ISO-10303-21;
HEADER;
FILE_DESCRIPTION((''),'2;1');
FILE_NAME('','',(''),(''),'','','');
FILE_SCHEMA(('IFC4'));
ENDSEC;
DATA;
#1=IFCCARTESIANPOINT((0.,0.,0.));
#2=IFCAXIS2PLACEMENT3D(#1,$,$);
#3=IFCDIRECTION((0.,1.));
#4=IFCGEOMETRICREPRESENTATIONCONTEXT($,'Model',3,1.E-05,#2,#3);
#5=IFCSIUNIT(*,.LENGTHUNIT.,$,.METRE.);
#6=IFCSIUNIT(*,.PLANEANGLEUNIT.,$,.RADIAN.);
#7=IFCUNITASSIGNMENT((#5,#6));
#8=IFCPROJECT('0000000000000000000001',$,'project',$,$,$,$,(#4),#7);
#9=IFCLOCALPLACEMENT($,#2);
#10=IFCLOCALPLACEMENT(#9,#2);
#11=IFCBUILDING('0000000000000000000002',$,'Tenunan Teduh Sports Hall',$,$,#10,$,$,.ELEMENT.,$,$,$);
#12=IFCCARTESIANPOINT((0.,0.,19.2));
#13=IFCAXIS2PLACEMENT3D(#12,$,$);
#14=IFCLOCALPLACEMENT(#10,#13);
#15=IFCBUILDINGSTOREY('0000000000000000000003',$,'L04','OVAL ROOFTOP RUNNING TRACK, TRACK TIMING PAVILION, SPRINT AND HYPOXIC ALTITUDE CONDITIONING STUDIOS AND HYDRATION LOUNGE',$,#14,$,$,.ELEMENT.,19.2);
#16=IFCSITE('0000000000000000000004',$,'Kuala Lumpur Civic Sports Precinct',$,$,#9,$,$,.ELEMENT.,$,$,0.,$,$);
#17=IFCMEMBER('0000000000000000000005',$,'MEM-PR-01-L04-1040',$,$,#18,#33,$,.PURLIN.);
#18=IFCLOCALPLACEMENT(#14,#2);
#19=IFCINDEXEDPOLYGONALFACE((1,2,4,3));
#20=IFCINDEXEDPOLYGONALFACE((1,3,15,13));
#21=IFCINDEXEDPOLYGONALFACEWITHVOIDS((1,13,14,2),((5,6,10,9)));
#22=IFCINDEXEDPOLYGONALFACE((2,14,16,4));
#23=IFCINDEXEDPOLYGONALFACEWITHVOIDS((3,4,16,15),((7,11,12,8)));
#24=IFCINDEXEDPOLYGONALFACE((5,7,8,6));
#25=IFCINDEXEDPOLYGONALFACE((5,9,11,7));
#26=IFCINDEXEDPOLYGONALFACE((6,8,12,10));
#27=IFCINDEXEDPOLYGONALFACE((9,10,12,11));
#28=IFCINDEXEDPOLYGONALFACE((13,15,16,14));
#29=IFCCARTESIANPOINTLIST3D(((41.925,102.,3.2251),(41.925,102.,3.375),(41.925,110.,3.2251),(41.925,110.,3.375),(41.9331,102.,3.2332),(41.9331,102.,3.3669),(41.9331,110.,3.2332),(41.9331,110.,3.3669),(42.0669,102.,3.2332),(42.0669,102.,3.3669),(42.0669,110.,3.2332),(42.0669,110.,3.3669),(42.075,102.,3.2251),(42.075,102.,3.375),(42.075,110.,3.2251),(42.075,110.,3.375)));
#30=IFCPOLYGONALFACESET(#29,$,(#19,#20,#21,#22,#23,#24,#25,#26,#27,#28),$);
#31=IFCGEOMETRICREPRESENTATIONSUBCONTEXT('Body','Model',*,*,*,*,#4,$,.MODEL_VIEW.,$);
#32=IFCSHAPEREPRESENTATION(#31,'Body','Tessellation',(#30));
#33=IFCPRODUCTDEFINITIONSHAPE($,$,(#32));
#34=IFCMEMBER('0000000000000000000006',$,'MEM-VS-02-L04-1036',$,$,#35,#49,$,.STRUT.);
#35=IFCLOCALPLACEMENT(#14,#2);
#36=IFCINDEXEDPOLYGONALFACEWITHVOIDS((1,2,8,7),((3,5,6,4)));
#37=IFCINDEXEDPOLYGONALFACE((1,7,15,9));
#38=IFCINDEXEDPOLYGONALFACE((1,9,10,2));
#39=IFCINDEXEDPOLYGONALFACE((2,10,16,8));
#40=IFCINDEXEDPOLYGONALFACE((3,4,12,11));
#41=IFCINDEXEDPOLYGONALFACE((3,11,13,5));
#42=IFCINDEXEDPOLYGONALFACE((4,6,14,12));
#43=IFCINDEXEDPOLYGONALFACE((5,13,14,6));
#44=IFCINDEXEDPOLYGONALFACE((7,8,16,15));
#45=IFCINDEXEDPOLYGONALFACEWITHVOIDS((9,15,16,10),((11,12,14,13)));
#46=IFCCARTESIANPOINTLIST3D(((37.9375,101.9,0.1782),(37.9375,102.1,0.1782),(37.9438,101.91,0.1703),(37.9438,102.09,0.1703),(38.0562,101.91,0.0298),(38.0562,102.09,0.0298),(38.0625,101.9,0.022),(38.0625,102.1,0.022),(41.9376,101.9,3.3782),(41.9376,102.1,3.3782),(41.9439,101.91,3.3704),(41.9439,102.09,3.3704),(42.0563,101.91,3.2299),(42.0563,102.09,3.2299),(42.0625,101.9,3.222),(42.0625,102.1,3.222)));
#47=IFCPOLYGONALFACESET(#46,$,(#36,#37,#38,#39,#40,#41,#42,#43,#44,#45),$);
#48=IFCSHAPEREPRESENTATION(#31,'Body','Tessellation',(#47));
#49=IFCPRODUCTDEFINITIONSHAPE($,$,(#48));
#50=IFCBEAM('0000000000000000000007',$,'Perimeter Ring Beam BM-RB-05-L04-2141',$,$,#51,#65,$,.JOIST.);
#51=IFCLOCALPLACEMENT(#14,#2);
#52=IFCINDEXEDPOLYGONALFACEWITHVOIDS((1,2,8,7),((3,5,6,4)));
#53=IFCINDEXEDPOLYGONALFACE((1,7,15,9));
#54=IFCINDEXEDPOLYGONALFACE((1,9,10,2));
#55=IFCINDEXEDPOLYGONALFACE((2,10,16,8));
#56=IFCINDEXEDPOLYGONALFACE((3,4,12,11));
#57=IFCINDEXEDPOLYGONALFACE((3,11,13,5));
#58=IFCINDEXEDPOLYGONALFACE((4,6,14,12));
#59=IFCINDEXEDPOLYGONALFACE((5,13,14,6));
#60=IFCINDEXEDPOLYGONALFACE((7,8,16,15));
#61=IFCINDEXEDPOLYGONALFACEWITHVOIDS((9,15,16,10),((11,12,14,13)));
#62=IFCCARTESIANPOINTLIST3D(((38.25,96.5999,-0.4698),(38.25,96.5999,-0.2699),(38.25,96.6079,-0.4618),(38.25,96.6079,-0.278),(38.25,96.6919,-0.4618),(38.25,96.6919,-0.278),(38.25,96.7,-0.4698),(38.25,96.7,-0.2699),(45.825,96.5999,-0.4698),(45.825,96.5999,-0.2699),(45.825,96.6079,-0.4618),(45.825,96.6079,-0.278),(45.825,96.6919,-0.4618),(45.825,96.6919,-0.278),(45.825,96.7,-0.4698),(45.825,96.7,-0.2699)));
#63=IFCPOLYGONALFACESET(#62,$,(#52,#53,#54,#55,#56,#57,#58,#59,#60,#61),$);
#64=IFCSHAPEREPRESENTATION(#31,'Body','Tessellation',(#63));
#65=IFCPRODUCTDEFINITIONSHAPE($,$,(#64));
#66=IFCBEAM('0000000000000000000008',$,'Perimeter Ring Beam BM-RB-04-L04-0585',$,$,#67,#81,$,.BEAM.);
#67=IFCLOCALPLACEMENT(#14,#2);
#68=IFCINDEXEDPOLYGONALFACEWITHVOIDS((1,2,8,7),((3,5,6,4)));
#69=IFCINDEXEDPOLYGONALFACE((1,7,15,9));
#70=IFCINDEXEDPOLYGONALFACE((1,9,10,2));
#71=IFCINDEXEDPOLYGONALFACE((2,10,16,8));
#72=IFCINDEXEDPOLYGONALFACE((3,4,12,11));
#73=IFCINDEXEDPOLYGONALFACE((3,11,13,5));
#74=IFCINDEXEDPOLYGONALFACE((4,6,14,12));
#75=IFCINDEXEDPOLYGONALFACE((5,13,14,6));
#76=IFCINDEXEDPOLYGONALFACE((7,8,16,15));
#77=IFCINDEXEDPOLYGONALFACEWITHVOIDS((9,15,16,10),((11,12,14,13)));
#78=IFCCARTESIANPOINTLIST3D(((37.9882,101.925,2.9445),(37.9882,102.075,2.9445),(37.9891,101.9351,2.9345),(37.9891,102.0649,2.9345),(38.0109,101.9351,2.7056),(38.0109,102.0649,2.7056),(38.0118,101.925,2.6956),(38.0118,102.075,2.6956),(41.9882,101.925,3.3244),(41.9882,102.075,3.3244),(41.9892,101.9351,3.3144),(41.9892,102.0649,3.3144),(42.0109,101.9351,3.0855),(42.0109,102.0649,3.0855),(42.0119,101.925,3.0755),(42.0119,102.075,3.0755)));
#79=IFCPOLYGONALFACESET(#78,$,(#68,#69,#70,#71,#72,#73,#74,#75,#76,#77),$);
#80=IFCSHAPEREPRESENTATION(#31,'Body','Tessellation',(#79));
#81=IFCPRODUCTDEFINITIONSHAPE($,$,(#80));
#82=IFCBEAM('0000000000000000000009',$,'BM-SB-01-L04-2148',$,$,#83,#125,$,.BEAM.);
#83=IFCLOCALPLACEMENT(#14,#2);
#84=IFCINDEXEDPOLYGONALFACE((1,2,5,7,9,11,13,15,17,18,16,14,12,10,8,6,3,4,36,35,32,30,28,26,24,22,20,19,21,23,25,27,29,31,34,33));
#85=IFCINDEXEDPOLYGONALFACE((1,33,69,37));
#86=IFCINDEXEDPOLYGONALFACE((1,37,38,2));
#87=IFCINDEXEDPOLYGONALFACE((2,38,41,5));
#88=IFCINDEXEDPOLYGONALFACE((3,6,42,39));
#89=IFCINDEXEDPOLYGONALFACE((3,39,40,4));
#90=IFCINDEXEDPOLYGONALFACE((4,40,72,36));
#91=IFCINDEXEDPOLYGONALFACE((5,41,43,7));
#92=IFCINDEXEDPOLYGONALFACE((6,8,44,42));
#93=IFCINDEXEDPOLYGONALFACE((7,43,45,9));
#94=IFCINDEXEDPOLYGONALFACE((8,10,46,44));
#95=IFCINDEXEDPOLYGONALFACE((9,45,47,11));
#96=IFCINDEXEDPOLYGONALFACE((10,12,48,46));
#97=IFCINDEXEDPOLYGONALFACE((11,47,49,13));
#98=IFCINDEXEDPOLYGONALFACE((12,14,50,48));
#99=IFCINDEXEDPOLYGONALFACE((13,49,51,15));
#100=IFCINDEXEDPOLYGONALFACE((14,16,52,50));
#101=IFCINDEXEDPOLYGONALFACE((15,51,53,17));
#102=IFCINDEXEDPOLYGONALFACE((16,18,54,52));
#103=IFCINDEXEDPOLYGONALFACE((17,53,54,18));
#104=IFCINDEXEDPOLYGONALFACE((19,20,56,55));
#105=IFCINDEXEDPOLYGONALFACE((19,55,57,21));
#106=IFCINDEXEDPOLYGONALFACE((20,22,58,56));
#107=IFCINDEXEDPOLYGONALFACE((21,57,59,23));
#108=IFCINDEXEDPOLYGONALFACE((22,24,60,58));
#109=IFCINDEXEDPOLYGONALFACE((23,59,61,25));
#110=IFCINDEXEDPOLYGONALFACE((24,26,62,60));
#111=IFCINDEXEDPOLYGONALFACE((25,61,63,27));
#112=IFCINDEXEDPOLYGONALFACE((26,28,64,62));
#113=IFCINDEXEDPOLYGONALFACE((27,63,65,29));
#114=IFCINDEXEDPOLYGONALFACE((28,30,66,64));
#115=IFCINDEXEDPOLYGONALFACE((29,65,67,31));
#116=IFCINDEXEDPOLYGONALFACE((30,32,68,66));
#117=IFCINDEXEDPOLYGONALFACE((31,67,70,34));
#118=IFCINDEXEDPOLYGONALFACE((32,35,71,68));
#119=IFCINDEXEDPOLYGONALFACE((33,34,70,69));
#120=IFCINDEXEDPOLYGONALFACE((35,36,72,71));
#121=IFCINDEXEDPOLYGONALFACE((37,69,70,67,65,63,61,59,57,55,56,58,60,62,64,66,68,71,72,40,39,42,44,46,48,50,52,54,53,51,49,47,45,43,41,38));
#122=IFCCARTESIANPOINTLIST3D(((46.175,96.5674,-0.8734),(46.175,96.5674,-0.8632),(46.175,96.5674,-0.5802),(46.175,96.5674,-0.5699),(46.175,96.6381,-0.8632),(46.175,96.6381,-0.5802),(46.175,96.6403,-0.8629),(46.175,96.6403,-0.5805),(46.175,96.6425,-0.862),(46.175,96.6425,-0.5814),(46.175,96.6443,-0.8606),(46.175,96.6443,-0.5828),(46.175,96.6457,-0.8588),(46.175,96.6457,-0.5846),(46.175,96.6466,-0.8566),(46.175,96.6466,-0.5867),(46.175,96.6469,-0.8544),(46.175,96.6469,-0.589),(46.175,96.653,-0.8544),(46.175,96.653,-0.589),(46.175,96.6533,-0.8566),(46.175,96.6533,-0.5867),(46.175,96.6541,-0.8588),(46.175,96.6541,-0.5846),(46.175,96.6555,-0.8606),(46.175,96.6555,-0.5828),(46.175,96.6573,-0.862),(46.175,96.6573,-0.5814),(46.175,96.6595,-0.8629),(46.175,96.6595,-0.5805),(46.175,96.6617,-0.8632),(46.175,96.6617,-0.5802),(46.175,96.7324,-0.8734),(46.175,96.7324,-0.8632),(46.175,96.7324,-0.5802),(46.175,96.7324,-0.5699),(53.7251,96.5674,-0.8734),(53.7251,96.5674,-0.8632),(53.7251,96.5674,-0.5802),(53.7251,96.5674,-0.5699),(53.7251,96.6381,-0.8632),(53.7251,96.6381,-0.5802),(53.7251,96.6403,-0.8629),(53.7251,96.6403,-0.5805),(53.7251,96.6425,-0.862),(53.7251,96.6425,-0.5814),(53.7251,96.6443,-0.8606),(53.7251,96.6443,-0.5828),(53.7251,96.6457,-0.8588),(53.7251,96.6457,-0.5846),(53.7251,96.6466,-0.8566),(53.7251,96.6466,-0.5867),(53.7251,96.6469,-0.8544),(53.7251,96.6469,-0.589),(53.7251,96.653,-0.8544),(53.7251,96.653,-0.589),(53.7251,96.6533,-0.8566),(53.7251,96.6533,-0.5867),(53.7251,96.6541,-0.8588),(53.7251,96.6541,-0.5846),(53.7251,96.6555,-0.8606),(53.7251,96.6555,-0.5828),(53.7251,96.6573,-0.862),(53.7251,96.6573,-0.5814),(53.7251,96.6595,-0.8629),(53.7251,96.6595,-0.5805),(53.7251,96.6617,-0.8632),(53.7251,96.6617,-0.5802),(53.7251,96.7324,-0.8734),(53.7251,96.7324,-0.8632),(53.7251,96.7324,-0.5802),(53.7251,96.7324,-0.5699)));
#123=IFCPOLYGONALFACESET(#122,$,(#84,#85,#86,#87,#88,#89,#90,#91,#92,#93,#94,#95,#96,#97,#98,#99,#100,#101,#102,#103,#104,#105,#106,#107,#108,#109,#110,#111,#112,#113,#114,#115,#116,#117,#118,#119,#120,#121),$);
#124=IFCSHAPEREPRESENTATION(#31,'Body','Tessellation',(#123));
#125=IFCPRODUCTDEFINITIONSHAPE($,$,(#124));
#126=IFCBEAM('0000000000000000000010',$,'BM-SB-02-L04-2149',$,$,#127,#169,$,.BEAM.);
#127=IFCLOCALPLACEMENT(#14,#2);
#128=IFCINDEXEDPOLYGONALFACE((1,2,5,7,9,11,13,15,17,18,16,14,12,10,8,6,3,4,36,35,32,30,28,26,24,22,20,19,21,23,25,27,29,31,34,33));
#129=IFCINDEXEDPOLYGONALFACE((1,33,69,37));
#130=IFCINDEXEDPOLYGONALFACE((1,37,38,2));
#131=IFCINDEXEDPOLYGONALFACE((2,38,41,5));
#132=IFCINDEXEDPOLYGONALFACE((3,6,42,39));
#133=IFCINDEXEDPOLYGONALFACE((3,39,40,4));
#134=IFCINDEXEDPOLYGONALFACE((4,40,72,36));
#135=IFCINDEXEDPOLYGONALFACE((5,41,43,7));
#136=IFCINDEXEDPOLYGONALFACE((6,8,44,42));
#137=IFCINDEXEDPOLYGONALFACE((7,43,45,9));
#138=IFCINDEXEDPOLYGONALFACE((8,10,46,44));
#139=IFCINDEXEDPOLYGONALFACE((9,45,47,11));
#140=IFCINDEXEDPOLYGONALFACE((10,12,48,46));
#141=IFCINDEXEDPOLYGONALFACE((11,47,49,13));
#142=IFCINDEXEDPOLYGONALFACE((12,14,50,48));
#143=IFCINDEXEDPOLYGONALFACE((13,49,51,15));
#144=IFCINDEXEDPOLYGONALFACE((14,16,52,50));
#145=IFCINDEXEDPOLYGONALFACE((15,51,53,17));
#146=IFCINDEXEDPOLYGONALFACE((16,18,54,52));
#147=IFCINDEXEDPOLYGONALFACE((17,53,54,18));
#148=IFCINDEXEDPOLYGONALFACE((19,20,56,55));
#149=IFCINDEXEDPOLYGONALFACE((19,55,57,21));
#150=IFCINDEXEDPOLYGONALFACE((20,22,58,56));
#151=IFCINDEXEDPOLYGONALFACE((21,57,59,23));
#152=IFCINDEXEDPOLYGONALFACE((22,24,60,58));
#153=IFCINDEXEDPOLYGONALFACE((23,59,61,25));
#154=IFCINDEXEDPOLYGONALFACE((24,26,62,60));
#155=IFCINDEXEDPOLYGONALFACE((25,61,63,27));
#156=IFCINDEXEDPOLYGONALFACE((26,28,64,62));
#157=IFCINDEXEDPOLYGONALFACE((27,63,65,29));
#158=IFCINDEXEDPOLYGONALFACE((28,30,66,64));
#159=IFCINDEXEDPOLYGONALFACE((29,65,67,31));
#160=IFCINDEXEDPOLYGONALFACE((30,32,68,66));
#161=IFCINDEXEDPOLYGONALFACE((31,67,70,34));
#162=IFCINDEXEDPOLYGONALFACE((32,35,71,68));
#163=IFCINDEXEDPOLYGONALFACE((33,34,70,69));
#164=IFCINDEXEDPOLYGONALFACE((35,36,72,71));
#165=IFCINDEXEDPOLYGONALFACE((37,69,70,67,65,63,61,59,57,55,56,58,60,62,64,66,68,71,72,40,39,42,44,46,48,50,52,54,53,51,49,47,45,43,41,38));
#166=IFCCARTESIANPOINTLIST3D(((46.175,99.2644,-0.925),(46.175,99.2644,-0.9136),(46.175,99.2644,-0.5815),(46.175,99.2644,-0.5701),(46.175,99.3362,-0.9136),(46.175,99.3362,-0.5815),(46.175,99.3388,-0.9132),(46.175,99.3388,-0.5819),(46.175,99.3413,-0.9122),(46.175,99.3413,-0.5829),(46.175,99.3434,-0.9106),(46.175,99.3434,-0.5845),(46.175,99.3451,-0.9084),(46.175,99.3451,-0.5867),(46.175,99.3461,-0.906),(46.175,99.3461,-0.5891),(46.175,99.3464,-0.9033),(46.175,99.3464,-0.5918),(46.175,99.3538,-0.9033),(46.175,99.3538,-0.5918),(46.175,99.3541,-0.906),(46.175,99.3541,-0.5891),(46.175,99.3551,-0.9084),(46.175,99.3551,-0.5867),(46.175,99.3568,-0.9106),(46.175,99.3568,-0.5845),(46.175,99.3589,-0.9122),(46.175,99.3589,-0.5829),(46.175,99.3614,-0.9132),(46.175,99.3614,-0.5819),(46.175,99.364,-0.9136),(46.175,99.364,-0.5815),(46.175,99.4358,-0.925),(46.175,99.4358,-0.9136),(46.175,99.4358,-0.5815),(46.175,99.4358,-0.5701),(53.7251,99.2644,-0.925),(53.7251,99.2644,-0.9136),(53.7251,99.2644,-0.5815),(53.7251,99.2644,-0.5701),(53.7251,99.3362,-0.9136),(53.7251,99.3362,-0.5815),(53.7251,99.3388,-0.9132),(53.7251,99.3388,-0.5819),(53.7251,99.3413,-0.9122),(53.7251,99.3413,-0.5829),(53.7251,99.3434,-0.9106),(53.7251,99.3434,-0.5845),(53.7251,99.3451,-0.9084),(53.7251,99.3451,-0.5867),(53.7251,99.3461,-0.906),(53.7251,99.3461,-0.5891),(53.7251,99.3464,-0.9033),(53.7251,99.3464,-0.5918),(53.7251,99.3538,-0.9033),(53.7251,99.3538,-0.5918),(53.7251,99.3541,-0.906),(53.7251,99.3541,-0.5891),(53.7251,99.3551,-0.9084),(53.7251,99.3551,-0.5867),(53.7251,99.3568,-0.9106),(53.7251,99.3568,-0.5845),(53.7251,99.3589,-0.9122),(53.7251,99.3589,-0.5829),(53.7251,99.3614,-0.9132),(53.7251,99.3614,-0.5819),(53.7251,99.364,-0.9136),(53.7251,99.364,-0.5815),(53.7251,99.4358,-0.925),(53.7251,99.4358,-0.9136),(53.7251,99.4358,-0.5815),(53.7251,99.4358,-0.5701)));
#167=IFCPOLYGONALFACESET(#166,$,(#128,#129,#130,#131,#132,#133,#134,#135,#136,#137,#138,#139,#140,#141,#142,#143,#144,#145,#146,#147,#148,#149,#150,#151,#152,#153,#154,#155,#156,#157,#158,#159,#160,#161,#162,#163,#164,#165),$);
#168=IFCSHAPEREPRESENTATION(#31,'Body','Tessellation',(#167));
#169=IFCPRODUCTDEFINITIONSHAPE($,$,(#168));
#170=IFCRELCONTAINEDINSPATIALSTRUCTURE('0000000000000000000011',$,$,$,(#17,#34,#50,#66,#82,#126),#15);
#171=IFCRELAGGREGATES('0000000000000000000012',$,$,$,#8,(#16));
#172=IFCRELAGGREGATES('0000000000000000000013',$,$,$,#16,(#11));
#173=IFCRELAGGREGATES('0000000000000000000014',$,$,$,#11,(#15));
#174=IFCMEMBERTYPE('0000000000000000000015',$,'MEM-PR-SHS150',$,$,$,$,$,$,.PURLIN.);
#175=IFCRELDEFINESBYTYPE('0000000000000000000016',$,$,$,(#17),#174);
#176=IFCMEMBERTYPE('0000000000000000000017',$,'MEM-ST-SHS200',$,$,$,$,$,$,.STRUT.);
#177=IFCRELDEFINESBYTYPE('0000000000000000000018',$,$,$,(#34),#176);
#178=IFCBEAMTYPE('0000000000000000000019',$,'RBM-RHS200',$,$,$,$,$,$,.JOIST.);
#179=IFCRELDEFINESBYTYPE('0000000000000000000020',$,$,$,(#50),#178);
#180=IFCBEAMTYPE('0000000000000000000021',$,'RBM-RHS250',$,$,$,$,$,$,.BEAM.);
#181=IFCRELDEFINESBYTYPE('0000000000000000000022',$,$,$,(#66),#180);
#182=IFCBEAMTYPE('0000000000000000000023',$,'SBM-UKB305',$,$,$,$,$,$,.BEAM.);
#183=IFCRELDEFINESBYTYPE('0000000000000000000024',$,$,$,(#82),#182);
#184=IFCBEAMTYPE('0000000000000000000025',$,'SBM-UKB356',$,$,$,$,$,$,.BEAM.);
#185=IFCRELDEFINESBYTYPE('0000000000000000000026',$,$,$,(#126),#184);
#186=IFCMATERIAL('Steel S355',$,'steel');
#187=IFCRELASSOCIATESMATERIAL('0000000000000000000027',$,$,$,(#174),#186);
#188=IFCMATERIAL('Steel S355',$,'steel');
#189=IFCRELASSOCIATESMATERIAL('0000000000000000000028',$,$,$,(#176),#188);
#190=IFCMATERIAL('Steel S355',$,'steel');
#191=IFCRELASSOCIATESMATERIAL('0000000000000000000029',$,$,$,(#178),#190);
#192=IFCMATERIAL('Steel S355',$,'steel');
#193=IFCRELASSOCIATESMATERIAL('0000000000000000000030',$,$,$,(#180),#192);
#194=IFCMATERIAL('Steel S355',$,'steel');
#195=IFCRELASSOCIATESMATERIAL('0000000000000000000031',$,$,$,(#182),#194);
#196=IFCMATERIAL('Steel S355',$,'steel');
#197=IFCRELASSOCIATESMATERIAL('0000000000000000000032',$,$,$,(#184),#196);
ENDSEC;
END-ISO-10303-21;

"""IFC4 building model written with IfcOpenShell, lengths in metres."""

from ifc_helpers import new_model, si_unit, direction, frame, origin, origin_2d, place, context, subcontext, project, spatial, hollow_rectangle, i_section, extrude, material, material_profile, profile_set, type_object, element, save


model = new_model("IFC4")

# Units and contexts
model_context = context("Model", 3, precision=1e-05, world=origin(), true_north=direction((0.0, 1.0)))
body_context = subcontext(model_context, "Body", "Model", "MODEL_VIEW")
ifc_project = project(units=[si_unit("LENGTHUNIT", "METRE"), si_unit("PLANEANGLEUNIT", "RADIAN")], contexts=[model_context])

# Site, building, storey
site_placement = place(None, origin())
site = spatial("IfcSite", under=ifc_project, at=site_placement, Name="Kuala Lumpur Civic Sports Precinct", CompositionType="ELEMENT", RefElevation=0.0)
building_placement = place(site_placement, origin())
building = spatial("IfcBuilding", under=site, at=building_placement, Name="Tenunan Teduh Sports Hall", CompositionType="ELEMENT")
storey_placement = place(building_placement, frame((0.0, 0.0, 19.2)))
storey = spatial("IfcBuildingStorey", under=building, at=storey_placement, Name="L04", Description="OVAL ROOFTOP RUNNING TRACK, TRACK TIMING PAVILION, SPRINT AND HYPOXIC ALTITUDE CONDITIONING STUDIOS AND HYDRATION LOUNGE", CompositionType="ELEMENT", Elevation=19.2)

# Members
ifc_material_1 = material(Name="Steel S355", Category="steel")
ifc_material_profile_1 = material_profile(ifc_material_1, hollow_rectangle(XDim=0.1499, YDim=0.1499, WallThickness=0.0081, at=origin_2d()), Name="SHS 150x150x8.0")
ifc_profile_set_1 = profile_set([ifc_material_profile_1], Name="Steel S355")
member_type_1 = type_object("IfcMemberType", Name="MEM-PR-SHS150", PredefinedType="PURLIN", material=ifc_profile_set_1)
member_1_placement = place(storey_placement, frame((42.0, 102.0, 3.3), z_axis=(0.0, 1.0, 0.0), x_axis=(-1.0, 0.0, 0.0)))
element("IfcMember", 1, at=member_1_placement, inside=storey, type_object=member_type_1, Name="MEM-PR-01-L04-1040", PredefinedType="PURLIN", context=body_context, shape_type="SweptSolid", body=[
    extrude(hollow_rectangle(XDim=0.1499, YDim=0.1499, WallThickness=0.0081, at=origin_2d()), origin(), (0.0, 0.0, 1.0), 8.0),
])
ifc_material_2 = material(Name="Steel S355", Category="steel")
ifc_material_profile_2 = material_profile(ifc_material_2, hollow_rectangle(XDim=0.2, YDim=0.2, WallThickness=0.01, at=origin_2d()), Name="SHS 200x200x10.0")
ifc_profile_set_2 = profile_set([ifc_material_profile_2], Name="Steel S355")
member_type_2 = type_object("IfcMemberType", Name="MEM-ST-SHS200", PredefinedType="STRUT", material=ifc_profile_set_2)
member_2_placement = place(storey_placement, frame((38.0, 102.0, 0.1001), z_axis=(0.780873, 0.0, 0.624689), x_axis=(0.0, 1.0, 0.0)))
element("IfcMember", 2, at=member_2_placement, inside=storey, type_object=member_type_2, Name="MEM-VS-02-L04-1036", PredefinedType="STRUT", context=body_context, shape_type="SweptSolid", body=[
    extrude(hollow_rectangle(XDim=0.2, YDim=0.2, WallThickness=0.01, at=origin_2d()), origin(), (0.0, 0.0, 1.0), 5.1226),
])

# Beams
ifc_material_3 = material(Name="Steel S355", Category="steel")
ifc_material_profile_3 = material_profile(ifc_material_3, hollow_rectangle(XDim=0.1001, YDim=0.2, WallThickness=0.0081, at=origin_2d()), Name="RHS 200x100x8.0")
ifc_profile_set_3 = profile_set([ifc_material_profile_3], Name="Steel S355")
beam_type_1 = type_object("IfcBeamType", Name="RBM-RHS200", PredefinedType="JOIST", material=ifc_profile_set_3)
beam_1_placement = place(storey_placement, frame((38.25, 96.6499, -0.3699), z_axis=(1.0, 0.0, 0.0), x_axis=(0.0, 1.0, 0.0)))
element("IfcBeam", 3, at=beam_1_placement, inside=storey, type_object=beam_type_1, Name="Perimeter Ring Beam BM-RB-05-L04-2141", PredefinedType="JOIST", context=body_context, shape_type="SweptSolid", body=[
    extrude(hollow_rectangle(XDim=0.1001, YDim=0.2, WallThickness=0.0081, at=origin_2d()), origin(), (0.0, 0.0, 1.0), 7.575),
])
ifc_material_4 = material(Name="Steel S355", Category="steel")
ifc_material_profile_4 = material_profile(ifc_material_4, hollow_rectangle(XDim=0.1499, YDim=0.25, WallThickness=0.01, at=origin_2d()), Name="RHS 250x150x10.0")
ifc_profile_set_4 = profile_set([ifc_material_profile_4], Name="Steel S355")
beam_type_2 = type_object("IfcBeamType", Name="RBM-RHS250", PredefinedType="BEAM", material=ifc_profile_set_4)
beam_2_placement = place(storey_placement, frame((38.0, 102.0, 2.8201), z_axis=(0.995521, 0.0, 0.094545), x_axis=(0.0, 1.0, 0.0)))
element("IfcBeam", 4, at=beam_2_placement, inside=storey, type_object=beam_type_2, Name="Perimeter Ring Beam BM-RB-04-L04-0585", PredefinedType="BEAM", context=body_context, shape_type="SweptSolid", body=[
    extrude(hollow_rectangle(XDim=0.1499, YDim=0.25, WallThickness=0.01, at=origin_2d()), origin(), (0.0, 0.0, 1.0), 4.0181),
])
ifc_material_5 = material(Name="Steel S355", Category="steel")
ifc_material_profile_5 = material_profile(ifc_material_5, i_section(OverallWidth=0.165, OverallDepth=0.3035, WebThickness=0.0061, FlangeThickness=0.0103, FilletRadius=0.0088, at=origin_2d()), Name="UKB 305x165x40")
ifc_profile_set_5 = profile_set([ifc_material_profile_5], Name="Steel S355")
beam_type_3 = type_object("IfcBeamType", Name="SBM-UKB305", PredefinedType="BEAM", material=ifc_profile_set_5)
beam_3_placement = place(storey_placement, frame((46.175, 96.6499, -0.7217), z_axis=(1.0, 0.0, 0.0), x_axis=(0.0, 1.0, 0.0)))
element("IfcBeam", 5, at=beam_3_placement, inside=storey, type_object=beam_type_3, Name="BM-SB-01-L04-2148", PredefinedType="BEAM", context=body_context, shape_type="SweptSolid", body=[
    extrude(i_section(OverallWidth=0.165, OverallDepth=0.3035, WebThickness=0.0061, FlangeThickness=0.0103, FilletRadius=0.0088, at=origin_2d()), origin(), (0.0, 0.0, 1.0), 7.55),
])
ifc_material_6 = material(Name="Steel S355", Category="steel")
ifc_material_profile_6 = material_profile(ifc_material_6, i_section(OverallWidth=0.1714, OverallDepth=0.355, WebThickness=0.0073, FlangeThickness=0.0115, FilletRadius=0.0103, at=origin_2d()), Name="UKB 356x171x51")
ifc_profile_set_6 = profile_set([ifc_material_profile_6], Name="Steel S355")
beam_type_4 = type_object("IfcBeamType", Name="SBM-UKB356", PredefinedType="BEAM", material=ifc_profile_set_6)
beam_4_placement = place(storey_placement, frame((46.175, 99.3501, -0.7476), z_axis=(1.0, 0.0, 0.0), x_axis=(0.0, 1.0, 0.0)))
element("IfcBeam", 6, at=beam_4_placement, inside=storey, type_object=beam_type_4, Name="BM-SB-02-L04-2149", PredefinedType="BEAM", context=body_context, shape_type="SweptSolid", body=[
    extrude(i_section(OverallWidth=0.1714, OverallDepth=0.355, WebThickness=0.0073, FlangeThickness=0.0115, FilletRadius=0.0103, at=origin_2d()), origin(), (0.0, 0.0, 1.0), 7.55),
])

save(model, "model.ifc")
